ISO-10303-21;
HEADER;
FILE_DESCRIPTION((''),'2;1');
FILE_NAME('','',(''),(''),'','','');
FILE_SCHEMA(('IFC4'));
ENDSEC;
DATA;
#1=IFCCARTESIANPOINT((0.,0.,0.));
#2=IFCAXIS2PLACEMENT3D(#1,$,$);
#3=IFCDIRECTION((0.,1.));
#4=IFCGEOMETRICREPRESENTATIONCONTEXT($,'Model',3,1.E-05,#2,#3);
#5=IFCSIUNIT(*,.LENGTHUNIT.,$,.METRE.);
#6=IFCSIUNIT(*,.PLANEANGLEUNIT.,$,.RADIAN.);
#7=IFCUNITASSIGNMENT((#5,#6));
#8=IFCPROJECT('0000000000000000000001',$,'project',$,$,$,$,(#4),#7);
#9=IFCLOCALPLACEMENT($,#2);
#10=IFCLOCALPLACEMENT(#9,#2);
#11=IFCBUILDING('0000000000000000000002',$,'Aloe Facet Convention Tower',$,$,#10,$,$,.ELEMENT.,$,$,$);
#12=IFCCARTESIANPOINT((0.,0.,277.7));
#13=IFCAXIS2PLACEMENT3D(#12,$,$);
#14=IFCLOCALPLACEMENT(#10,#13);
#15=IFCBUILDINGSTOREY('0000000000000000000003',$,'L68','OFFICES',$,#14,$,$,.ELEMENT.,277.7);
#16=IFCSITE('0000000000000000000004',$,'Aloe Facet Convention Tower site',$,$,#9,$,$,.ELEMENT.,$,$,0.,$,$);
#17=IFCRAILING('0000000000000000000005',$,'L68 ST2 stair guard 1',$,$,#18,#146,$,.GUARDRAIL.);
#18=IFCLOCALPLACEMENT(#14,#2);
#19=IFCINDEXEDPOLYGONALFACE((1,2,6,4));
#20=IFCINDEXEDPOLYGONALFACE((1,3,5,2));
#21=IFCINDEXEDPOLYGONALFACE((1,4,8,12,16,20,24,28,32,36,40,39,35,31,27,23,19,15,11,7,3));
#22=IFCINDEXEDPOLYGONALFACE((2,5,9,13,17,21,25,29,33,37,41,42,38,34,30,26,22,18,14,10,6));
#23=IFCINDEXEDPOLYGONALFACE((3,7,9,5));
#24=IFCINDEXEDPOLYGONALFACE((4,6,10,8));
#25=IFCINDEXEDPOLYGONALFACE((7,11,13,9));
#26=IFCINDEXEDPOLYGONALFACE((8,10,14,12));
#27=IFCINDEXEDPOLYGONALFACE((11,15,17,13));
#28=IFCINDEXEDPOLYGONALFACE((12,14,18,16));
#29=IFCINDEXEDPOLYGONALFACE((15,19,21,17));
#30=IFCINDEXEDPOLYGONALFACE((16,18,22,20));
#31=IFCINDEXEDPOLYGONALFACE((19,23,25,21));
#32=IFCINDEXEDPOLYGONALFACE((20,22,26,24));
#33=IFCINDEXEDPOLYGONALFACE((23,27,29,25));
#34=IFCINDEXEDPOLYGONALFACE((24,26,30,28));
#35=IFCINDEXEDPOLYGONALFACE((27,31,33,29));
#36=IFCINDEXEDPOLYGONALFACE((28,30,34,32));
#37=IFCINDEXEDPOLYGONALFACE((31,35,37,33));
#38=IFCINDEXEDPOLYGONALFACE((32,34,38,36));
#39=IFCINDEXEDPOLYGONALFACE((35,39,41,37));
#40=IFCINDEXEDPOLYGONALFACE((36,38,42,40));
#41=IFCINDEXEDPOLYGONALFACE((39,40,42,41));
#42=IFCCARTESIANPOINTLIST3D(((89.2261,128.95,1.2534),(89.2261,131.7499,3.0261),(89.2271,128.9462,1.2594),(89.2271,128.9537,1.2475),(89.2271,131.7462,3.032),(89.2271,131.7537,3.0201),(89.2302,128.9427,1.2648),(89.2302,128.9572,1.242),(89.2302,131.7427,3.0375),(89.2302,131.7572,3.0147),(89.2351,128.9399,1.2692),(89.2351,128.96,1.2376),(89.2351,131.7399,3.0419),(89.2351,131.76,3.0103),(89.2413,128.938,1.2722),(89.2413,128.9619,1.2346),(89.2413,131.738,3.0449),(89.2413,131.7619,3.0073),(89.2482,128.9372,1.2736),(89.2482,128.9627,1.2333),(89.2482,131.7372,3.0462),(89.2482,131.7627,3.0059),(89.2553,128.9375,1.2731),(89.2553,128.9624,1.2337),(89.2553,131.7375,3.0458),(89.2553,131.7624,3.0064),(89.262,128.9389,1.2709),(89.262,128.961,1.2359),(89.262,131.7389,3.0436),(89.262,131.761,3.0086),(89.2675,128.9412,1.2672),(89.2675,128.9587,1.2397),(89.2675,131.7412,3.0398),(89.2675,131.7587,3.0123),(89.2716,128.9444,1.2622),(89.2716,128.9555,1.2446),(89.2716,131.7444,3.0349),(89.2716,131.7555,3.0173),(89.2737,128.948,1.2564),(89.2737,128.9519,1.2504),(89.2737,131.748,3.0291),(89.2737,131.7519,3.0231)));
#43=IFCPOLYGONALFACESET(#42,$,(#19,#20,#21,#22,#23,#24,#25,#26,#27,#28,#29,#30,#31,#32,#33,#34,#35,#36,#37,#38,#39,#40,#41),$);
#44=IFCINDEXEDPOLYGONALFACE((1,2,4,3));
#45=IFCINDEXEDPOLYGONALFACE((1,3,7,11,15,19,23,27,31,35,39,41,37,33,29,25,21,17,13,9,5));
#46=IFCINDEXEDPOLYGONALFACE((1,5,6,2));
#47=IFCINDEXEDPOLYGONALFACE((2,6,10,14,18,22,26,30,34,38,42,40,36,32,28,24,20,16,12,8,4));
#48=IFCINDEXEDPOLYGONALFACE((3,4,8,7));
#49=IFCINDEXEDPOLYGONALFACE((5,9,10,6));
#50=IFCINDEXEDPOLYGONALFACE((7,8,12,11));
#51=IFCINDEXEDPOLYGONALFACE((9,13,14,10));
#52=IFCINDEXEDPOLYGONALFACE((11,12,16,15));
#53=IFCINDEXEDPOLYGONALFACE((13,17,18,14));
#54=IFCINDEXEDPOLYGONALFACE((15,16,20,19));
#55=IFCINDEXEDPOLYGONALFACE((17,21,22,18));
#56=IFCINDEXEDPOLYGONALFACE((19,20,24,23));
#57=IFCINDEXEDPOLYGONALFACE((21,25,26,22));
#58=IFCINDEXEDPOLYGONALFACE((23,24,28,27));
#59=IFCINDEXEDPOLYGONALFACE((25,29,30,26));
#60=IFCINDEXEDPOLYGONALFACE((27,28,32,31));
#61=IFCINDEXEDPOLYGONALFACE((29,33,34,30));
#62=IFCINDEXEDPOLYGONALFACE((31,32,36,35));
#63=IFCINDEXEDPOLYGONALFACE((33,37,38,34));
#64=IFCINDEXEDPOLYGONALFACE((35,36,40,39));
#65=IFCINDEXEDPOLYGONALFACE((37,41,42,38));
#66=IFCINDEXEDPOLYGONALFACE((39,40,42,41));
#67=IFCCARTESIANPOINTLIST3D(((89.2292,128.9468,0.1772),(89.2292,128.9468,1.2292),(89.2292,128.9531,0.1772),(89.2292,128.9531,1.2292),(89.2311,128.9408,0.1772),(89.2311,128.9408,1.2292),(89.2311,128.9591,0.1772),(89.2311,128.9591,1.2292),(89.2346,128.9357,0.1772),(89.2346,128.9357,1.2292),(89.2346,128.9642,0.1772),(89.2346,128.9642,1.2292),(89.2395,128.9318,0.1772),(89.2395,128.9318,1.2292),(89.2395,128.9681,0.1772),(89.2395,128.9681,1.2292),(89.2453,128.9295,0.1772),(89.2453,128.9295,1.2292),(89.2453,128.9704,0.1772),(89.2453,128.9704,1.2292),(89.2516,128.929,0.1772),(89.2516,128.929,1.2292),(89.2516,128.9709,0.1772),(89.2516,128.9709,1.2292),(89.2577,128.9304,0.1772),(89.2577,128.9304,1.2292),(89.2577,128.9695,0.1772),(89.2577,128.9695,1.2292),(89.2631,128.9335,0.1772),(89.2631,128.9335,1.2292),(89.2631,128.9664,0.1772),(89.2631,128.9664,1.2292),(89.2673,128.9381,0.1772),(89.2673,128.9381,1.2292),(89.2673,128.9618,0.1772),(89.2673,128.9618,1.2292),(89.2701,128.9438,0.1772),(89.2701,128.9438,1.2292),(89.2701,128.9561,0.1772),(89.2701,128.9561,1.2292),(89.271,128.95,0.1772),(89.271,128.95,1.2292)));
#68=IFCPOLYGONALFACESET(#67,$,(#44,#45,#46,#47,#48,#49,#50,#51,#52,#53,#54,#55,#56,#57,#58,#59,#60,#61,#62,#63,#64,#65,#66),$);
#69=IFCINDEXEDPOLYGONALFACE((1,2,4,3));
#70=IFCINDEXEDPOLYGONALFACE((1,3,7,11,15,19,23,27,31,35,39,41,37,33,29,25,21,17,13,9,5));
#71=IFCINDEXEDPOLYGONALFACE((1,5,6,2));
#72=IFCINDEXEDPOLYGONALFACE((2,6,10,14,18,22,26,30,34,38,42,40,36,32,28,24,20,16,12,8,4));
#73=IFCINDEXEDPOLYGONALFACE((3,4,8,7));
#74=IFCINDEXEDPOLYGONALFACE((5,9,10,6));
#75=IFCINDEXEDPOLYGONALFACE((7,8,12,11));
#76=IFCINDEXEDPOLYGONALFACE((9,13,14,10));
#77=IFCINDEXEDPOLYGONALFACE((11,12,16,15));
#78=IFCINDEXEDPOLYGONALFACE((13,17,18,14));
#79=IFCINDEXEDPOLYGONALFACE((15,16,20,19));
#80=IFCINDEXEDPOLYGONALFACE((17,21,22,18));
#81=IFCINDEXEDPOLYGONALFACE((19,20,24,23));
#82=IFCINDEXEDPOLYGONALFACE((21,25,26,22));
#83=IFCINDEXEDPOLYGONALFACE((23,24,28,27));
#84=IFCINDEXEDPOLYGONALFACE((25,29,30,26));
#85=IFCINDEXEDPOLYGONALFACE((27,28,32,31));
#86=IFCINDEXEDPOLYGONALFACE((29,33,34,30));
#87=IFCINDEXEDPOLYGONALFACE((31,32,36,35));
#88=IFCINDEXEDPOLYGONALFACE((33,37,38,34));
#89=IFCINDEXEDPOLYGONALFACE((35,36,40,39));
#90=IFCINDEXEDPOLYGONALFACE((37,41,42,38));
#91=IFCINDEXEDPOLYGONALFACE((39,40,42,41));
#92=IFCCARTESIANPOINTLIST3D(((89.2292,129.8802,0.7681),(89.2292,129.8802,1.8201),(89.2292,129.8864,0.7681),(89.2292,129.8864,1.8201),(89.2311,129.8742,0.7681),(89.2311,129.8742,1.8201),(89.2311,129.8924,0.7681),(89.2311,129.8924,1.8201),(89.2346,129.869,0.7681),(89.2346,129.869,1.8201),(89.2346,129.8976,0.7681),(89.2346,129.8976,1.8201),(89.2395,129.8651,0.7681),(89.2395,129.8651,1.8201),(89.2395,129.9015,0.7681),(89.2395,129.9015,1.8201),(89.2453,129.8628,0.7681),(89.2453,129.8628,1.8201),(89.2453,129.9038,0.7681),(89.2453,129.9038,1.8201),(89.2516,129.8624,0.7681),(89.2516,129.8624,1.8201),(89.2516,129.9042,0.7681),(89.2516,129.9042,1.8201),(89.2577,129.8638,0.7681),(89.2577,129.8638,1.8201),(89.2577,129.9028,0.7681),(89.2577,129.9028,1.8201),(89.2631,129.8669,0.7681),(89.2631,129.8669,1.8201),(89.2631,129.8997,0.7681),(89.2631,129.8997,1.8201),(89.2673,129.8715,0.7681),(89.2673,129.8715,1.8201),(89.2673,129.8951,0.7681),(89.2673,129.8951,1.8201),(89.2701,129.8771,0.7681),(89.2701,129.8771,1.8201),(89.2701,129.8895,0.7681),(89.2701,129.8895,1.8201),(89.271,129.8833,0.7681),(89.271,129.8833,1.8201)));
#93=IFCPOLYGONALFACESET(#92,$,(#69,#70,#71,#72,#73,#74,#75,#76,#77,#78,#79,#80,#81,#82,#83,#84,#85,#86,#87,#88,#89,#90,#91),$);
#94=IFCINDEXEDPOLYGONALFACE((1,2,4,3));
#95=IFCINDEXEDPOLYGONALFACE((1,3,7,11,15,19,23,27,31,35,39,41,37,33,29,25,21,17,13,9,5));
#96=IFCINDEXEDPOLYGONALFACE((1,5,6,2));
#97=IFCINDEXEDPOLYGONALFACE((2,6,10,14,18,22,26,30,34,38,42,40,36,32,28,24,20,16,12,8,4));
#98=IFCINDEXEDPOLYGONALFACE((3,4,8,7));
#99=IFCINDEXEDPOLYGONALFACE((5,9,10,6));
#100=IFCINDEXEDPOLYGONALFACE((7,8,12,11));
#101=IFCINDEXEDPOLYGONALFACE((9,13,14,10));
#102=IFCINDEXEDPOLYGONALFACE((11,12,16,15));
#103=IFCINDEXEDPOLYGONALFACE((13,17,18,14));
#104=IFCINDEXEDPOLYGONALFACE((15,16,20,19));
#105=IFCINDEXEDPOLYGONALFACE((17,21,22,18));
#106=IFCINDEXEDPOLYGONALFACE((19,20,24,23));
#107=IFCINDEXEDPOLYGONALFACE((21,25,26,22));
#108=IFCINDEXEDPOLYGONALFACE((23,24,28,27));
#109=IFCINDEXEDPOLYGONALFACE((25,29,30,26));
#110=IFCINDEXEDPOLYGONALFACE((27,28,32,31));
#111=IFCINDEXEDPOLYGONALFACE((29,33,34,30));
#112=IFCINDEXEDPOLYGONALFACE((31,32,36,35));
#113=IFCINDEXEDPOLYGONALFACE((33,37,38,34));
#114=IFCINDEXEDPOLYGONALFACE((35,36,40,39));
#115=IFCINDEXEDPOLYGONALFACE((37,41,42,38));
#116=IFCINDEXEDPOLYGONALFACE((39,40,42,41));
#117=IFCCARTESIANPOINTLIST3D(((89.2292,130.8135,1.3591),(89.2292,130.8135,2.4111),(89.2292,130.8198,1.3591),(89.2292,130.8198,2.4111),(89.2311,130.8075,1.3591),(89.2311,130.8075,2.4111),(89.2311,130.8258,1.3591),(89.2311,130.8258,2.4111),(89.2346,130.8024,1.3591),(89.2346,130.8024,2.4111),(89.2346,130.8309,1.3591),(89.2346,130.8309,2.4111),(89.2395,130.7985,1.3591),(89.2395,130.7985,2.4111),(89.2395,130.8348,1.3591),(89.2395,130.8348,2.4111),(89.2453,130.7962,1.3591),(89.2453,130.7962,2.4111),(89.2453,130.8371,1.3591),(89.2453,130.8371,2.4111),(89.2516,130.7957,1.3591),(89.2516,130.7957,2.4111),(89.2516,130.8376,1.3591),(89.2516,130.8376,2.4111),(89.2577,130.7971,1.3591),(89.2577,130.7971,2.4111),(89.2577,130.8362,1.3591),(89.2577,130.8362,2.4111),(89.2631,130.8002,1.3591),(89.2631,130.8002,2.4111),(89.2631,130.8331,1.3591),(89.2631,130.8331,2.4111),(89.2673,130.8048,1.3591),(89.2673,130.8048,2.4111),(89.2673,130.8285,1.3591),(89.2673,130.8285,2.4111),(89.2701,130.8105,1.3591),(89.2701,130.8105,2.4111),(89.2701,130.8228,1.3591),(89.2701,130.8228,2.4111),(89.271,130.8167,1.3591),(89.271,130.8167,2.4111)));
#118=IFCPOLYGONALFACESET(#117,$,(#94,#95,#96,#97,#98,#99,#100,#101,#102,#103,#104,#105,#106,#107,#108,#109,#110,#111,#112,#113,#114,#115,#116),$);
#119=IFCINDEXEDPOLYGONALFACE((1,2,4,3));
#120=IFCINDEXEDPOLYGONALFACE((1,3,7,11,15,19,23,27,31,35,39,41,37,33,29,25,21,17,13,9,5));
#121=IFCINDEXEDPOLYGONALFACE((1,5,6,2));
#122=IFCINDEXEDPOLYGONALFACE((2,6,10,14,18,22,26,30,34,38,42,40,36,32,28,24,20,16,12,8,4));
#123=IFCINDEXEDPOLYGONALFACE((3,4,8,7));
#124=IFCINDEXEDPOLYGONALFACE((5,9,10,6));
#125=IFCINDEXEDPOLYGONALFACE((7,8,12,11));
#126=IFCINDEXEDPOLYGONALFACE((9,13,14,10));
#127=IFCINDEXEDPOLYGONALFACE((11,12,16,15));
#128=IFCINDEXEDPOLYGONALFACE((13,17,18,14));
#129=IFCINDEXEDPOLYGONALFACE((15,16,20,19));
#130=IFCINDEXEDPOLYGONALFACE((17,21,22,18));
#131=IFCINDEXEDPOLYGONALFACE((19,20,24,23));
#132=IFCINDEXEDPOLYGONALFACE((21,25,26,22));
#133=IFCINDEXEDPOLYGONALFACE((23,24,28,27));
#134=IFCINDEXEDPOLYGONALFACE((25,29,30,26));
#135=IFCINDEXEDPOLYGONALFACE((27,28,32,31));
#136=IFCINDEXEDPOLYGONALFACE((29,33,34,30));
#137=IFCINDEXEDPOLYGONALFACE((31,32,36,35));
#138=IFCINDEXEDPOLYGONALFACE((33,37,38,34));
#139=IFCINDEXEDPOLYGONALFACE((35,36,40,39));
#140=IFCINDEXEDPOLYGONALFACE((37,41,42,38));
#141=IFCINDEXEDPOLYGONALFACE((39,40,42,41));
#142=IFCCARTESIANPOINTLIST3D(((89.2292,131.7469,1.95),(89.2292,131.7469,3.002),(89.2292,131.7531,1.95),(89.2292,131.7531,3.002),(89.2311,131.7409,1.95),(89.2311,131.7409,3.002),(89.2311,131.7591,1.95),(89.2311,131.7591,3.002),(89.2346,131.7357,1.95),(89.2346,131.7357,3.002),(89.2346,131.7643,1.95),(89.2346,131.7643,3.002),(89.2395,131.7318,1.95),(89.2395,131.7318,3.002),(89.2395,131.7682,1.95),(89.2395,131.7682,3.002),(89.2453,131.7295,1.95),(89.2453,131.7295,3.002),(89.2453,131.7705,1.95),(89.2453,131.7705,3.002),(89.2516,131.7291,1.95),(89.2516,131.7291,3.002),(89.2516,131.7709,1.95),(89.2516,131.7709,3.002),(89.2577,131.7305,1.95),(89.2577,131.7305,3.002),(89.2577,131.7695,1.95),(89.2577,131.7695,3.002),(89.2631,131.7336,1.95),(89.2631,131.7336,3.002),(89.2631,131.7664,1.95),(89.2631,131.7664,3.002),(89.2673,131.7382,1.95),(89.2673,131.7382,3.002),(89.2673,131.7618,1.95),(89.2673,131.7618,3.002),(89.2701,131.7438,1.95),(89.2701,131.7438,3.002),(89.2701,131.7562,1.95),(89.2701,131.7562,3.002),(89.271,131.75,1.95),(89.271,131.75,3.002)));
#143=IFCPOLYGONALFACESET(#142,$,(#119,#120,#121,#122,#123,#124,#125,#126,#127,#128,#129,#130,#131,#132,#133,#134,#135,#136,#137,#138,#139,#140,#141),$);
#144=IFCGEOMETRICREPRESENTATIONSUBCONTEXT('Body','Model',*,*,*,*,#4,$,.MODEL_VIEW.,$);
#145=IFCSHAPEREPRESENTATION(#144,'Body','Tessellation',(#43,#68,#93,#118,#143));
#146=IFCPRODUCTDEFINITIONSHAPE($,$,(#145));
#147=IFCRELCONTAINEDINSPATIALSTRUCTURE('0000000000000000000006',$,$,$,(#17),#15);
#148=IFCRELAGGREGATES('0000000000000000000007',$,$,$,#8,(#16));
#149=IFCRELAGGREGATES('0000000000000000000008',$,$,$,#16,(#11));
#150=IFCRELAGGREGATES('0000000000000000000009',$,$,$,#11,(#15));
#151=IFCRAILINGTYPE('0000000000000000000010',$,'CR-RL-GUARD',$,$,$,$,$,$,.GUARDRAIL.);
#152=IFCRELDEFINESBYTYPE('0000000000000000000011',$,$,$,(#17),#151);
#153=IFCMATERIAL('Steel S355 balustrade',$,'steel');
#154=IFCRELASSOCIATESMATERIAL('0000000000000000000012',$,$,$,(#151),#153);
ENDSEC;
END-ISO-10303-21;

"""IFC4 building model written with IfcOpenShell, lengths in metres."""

from ifc_helpers import new_model, si_unit, direction, frame, origin, origin_2d, place, context, subcontext, project, spatial, circle, extrude, material, type_object, element, save


model = new_model("IFC4")

# Units and contexts
model_context = context("Model", 3, precision=1e-05, world=origin(), true_north=direction((0.0, 1.0)))
body_context = subcontext(model_context, "Body", "Model", "MODEL_VIEW")
ifc_project = project(units=[si_unit("LENGTHUNIT", "METRE"), si_unit("PLANEANGLEUNIT", "RADIAN")], contexts=[model_context])

# Site, building, storey
site_placement = place(None, origin())
site = spatial("IfcSite", under=ifc_project, at=site_placement, Name="Aloe Facet Convention Tower site", CompositionType="ELEMENT", RefElevation=0.0)
building_placement = place(site_placement, origin())
building = spatial("IfcBuilding", under=site, at=building_placement, Name="Aloe Facet Convention Tower", CompositionType="ELEMENT")
storey_placement = place(building_placement, frame((0.0, 0.0, 277.7)))
storey = spatial("IfcBuildingStorey", under=building, at=storey_placement, Name="L68", Description="OFFICES", CompositionType="ELEMENT", Elevation=277.7)

# Railing
ifc_material_1 = material(Name="Steel S355 balustrade", Category="steel")
railing_type_1 = type_object("IfcRailingType", Name="CR-RL-GUARD", PredefinedType="GUARDRAIL", material=ifc_material_1)
railing_1_placement = place(storey_placement, frame((89.25, 128.95, 0.1772)))
element("IfcRailing", 1, at=railing_1_placement, inside=storey, type_object=railing_type_1, Name="L68 ST2 stair guard 1", PredefinedType="GUARDRAIL", context=body_context, shape_type="SweptSolid", body=[
    extrude(circle(Radius=0.0239, at=origin_2d()), frame((0.0, 0.0, 1.0762), z_axis=(0.0, 0.844909, 0.53491), x_axis=(-1.0, 0.0, 0.0)), (0.0, 0.0, 1.0), 3.314),
    extrude(circle(Radius=0.021, at=origin_2d()), origin(), (0.0, 0.0, 1.0), 1.052),
    extrude(circle(Radius=0.021, at=origin_2d()), frame((0.0, 0.9333, 0.5908)), (0.0, 0.0, 1.0), 1.052),
    extrude(circle(Radius=0.021, at=origin_2d()), frame((0.0, 1.8667, 1.1819)), (0.0, 0.0, 1.0), 1.052),
    extrude(circle(Radius=0.021, at=origin_2d()), frame((0.0, 2.8, 1.7727)), (0.0, 0.0, 1.0), 1.052),
])

save(model, "model.ifc")
